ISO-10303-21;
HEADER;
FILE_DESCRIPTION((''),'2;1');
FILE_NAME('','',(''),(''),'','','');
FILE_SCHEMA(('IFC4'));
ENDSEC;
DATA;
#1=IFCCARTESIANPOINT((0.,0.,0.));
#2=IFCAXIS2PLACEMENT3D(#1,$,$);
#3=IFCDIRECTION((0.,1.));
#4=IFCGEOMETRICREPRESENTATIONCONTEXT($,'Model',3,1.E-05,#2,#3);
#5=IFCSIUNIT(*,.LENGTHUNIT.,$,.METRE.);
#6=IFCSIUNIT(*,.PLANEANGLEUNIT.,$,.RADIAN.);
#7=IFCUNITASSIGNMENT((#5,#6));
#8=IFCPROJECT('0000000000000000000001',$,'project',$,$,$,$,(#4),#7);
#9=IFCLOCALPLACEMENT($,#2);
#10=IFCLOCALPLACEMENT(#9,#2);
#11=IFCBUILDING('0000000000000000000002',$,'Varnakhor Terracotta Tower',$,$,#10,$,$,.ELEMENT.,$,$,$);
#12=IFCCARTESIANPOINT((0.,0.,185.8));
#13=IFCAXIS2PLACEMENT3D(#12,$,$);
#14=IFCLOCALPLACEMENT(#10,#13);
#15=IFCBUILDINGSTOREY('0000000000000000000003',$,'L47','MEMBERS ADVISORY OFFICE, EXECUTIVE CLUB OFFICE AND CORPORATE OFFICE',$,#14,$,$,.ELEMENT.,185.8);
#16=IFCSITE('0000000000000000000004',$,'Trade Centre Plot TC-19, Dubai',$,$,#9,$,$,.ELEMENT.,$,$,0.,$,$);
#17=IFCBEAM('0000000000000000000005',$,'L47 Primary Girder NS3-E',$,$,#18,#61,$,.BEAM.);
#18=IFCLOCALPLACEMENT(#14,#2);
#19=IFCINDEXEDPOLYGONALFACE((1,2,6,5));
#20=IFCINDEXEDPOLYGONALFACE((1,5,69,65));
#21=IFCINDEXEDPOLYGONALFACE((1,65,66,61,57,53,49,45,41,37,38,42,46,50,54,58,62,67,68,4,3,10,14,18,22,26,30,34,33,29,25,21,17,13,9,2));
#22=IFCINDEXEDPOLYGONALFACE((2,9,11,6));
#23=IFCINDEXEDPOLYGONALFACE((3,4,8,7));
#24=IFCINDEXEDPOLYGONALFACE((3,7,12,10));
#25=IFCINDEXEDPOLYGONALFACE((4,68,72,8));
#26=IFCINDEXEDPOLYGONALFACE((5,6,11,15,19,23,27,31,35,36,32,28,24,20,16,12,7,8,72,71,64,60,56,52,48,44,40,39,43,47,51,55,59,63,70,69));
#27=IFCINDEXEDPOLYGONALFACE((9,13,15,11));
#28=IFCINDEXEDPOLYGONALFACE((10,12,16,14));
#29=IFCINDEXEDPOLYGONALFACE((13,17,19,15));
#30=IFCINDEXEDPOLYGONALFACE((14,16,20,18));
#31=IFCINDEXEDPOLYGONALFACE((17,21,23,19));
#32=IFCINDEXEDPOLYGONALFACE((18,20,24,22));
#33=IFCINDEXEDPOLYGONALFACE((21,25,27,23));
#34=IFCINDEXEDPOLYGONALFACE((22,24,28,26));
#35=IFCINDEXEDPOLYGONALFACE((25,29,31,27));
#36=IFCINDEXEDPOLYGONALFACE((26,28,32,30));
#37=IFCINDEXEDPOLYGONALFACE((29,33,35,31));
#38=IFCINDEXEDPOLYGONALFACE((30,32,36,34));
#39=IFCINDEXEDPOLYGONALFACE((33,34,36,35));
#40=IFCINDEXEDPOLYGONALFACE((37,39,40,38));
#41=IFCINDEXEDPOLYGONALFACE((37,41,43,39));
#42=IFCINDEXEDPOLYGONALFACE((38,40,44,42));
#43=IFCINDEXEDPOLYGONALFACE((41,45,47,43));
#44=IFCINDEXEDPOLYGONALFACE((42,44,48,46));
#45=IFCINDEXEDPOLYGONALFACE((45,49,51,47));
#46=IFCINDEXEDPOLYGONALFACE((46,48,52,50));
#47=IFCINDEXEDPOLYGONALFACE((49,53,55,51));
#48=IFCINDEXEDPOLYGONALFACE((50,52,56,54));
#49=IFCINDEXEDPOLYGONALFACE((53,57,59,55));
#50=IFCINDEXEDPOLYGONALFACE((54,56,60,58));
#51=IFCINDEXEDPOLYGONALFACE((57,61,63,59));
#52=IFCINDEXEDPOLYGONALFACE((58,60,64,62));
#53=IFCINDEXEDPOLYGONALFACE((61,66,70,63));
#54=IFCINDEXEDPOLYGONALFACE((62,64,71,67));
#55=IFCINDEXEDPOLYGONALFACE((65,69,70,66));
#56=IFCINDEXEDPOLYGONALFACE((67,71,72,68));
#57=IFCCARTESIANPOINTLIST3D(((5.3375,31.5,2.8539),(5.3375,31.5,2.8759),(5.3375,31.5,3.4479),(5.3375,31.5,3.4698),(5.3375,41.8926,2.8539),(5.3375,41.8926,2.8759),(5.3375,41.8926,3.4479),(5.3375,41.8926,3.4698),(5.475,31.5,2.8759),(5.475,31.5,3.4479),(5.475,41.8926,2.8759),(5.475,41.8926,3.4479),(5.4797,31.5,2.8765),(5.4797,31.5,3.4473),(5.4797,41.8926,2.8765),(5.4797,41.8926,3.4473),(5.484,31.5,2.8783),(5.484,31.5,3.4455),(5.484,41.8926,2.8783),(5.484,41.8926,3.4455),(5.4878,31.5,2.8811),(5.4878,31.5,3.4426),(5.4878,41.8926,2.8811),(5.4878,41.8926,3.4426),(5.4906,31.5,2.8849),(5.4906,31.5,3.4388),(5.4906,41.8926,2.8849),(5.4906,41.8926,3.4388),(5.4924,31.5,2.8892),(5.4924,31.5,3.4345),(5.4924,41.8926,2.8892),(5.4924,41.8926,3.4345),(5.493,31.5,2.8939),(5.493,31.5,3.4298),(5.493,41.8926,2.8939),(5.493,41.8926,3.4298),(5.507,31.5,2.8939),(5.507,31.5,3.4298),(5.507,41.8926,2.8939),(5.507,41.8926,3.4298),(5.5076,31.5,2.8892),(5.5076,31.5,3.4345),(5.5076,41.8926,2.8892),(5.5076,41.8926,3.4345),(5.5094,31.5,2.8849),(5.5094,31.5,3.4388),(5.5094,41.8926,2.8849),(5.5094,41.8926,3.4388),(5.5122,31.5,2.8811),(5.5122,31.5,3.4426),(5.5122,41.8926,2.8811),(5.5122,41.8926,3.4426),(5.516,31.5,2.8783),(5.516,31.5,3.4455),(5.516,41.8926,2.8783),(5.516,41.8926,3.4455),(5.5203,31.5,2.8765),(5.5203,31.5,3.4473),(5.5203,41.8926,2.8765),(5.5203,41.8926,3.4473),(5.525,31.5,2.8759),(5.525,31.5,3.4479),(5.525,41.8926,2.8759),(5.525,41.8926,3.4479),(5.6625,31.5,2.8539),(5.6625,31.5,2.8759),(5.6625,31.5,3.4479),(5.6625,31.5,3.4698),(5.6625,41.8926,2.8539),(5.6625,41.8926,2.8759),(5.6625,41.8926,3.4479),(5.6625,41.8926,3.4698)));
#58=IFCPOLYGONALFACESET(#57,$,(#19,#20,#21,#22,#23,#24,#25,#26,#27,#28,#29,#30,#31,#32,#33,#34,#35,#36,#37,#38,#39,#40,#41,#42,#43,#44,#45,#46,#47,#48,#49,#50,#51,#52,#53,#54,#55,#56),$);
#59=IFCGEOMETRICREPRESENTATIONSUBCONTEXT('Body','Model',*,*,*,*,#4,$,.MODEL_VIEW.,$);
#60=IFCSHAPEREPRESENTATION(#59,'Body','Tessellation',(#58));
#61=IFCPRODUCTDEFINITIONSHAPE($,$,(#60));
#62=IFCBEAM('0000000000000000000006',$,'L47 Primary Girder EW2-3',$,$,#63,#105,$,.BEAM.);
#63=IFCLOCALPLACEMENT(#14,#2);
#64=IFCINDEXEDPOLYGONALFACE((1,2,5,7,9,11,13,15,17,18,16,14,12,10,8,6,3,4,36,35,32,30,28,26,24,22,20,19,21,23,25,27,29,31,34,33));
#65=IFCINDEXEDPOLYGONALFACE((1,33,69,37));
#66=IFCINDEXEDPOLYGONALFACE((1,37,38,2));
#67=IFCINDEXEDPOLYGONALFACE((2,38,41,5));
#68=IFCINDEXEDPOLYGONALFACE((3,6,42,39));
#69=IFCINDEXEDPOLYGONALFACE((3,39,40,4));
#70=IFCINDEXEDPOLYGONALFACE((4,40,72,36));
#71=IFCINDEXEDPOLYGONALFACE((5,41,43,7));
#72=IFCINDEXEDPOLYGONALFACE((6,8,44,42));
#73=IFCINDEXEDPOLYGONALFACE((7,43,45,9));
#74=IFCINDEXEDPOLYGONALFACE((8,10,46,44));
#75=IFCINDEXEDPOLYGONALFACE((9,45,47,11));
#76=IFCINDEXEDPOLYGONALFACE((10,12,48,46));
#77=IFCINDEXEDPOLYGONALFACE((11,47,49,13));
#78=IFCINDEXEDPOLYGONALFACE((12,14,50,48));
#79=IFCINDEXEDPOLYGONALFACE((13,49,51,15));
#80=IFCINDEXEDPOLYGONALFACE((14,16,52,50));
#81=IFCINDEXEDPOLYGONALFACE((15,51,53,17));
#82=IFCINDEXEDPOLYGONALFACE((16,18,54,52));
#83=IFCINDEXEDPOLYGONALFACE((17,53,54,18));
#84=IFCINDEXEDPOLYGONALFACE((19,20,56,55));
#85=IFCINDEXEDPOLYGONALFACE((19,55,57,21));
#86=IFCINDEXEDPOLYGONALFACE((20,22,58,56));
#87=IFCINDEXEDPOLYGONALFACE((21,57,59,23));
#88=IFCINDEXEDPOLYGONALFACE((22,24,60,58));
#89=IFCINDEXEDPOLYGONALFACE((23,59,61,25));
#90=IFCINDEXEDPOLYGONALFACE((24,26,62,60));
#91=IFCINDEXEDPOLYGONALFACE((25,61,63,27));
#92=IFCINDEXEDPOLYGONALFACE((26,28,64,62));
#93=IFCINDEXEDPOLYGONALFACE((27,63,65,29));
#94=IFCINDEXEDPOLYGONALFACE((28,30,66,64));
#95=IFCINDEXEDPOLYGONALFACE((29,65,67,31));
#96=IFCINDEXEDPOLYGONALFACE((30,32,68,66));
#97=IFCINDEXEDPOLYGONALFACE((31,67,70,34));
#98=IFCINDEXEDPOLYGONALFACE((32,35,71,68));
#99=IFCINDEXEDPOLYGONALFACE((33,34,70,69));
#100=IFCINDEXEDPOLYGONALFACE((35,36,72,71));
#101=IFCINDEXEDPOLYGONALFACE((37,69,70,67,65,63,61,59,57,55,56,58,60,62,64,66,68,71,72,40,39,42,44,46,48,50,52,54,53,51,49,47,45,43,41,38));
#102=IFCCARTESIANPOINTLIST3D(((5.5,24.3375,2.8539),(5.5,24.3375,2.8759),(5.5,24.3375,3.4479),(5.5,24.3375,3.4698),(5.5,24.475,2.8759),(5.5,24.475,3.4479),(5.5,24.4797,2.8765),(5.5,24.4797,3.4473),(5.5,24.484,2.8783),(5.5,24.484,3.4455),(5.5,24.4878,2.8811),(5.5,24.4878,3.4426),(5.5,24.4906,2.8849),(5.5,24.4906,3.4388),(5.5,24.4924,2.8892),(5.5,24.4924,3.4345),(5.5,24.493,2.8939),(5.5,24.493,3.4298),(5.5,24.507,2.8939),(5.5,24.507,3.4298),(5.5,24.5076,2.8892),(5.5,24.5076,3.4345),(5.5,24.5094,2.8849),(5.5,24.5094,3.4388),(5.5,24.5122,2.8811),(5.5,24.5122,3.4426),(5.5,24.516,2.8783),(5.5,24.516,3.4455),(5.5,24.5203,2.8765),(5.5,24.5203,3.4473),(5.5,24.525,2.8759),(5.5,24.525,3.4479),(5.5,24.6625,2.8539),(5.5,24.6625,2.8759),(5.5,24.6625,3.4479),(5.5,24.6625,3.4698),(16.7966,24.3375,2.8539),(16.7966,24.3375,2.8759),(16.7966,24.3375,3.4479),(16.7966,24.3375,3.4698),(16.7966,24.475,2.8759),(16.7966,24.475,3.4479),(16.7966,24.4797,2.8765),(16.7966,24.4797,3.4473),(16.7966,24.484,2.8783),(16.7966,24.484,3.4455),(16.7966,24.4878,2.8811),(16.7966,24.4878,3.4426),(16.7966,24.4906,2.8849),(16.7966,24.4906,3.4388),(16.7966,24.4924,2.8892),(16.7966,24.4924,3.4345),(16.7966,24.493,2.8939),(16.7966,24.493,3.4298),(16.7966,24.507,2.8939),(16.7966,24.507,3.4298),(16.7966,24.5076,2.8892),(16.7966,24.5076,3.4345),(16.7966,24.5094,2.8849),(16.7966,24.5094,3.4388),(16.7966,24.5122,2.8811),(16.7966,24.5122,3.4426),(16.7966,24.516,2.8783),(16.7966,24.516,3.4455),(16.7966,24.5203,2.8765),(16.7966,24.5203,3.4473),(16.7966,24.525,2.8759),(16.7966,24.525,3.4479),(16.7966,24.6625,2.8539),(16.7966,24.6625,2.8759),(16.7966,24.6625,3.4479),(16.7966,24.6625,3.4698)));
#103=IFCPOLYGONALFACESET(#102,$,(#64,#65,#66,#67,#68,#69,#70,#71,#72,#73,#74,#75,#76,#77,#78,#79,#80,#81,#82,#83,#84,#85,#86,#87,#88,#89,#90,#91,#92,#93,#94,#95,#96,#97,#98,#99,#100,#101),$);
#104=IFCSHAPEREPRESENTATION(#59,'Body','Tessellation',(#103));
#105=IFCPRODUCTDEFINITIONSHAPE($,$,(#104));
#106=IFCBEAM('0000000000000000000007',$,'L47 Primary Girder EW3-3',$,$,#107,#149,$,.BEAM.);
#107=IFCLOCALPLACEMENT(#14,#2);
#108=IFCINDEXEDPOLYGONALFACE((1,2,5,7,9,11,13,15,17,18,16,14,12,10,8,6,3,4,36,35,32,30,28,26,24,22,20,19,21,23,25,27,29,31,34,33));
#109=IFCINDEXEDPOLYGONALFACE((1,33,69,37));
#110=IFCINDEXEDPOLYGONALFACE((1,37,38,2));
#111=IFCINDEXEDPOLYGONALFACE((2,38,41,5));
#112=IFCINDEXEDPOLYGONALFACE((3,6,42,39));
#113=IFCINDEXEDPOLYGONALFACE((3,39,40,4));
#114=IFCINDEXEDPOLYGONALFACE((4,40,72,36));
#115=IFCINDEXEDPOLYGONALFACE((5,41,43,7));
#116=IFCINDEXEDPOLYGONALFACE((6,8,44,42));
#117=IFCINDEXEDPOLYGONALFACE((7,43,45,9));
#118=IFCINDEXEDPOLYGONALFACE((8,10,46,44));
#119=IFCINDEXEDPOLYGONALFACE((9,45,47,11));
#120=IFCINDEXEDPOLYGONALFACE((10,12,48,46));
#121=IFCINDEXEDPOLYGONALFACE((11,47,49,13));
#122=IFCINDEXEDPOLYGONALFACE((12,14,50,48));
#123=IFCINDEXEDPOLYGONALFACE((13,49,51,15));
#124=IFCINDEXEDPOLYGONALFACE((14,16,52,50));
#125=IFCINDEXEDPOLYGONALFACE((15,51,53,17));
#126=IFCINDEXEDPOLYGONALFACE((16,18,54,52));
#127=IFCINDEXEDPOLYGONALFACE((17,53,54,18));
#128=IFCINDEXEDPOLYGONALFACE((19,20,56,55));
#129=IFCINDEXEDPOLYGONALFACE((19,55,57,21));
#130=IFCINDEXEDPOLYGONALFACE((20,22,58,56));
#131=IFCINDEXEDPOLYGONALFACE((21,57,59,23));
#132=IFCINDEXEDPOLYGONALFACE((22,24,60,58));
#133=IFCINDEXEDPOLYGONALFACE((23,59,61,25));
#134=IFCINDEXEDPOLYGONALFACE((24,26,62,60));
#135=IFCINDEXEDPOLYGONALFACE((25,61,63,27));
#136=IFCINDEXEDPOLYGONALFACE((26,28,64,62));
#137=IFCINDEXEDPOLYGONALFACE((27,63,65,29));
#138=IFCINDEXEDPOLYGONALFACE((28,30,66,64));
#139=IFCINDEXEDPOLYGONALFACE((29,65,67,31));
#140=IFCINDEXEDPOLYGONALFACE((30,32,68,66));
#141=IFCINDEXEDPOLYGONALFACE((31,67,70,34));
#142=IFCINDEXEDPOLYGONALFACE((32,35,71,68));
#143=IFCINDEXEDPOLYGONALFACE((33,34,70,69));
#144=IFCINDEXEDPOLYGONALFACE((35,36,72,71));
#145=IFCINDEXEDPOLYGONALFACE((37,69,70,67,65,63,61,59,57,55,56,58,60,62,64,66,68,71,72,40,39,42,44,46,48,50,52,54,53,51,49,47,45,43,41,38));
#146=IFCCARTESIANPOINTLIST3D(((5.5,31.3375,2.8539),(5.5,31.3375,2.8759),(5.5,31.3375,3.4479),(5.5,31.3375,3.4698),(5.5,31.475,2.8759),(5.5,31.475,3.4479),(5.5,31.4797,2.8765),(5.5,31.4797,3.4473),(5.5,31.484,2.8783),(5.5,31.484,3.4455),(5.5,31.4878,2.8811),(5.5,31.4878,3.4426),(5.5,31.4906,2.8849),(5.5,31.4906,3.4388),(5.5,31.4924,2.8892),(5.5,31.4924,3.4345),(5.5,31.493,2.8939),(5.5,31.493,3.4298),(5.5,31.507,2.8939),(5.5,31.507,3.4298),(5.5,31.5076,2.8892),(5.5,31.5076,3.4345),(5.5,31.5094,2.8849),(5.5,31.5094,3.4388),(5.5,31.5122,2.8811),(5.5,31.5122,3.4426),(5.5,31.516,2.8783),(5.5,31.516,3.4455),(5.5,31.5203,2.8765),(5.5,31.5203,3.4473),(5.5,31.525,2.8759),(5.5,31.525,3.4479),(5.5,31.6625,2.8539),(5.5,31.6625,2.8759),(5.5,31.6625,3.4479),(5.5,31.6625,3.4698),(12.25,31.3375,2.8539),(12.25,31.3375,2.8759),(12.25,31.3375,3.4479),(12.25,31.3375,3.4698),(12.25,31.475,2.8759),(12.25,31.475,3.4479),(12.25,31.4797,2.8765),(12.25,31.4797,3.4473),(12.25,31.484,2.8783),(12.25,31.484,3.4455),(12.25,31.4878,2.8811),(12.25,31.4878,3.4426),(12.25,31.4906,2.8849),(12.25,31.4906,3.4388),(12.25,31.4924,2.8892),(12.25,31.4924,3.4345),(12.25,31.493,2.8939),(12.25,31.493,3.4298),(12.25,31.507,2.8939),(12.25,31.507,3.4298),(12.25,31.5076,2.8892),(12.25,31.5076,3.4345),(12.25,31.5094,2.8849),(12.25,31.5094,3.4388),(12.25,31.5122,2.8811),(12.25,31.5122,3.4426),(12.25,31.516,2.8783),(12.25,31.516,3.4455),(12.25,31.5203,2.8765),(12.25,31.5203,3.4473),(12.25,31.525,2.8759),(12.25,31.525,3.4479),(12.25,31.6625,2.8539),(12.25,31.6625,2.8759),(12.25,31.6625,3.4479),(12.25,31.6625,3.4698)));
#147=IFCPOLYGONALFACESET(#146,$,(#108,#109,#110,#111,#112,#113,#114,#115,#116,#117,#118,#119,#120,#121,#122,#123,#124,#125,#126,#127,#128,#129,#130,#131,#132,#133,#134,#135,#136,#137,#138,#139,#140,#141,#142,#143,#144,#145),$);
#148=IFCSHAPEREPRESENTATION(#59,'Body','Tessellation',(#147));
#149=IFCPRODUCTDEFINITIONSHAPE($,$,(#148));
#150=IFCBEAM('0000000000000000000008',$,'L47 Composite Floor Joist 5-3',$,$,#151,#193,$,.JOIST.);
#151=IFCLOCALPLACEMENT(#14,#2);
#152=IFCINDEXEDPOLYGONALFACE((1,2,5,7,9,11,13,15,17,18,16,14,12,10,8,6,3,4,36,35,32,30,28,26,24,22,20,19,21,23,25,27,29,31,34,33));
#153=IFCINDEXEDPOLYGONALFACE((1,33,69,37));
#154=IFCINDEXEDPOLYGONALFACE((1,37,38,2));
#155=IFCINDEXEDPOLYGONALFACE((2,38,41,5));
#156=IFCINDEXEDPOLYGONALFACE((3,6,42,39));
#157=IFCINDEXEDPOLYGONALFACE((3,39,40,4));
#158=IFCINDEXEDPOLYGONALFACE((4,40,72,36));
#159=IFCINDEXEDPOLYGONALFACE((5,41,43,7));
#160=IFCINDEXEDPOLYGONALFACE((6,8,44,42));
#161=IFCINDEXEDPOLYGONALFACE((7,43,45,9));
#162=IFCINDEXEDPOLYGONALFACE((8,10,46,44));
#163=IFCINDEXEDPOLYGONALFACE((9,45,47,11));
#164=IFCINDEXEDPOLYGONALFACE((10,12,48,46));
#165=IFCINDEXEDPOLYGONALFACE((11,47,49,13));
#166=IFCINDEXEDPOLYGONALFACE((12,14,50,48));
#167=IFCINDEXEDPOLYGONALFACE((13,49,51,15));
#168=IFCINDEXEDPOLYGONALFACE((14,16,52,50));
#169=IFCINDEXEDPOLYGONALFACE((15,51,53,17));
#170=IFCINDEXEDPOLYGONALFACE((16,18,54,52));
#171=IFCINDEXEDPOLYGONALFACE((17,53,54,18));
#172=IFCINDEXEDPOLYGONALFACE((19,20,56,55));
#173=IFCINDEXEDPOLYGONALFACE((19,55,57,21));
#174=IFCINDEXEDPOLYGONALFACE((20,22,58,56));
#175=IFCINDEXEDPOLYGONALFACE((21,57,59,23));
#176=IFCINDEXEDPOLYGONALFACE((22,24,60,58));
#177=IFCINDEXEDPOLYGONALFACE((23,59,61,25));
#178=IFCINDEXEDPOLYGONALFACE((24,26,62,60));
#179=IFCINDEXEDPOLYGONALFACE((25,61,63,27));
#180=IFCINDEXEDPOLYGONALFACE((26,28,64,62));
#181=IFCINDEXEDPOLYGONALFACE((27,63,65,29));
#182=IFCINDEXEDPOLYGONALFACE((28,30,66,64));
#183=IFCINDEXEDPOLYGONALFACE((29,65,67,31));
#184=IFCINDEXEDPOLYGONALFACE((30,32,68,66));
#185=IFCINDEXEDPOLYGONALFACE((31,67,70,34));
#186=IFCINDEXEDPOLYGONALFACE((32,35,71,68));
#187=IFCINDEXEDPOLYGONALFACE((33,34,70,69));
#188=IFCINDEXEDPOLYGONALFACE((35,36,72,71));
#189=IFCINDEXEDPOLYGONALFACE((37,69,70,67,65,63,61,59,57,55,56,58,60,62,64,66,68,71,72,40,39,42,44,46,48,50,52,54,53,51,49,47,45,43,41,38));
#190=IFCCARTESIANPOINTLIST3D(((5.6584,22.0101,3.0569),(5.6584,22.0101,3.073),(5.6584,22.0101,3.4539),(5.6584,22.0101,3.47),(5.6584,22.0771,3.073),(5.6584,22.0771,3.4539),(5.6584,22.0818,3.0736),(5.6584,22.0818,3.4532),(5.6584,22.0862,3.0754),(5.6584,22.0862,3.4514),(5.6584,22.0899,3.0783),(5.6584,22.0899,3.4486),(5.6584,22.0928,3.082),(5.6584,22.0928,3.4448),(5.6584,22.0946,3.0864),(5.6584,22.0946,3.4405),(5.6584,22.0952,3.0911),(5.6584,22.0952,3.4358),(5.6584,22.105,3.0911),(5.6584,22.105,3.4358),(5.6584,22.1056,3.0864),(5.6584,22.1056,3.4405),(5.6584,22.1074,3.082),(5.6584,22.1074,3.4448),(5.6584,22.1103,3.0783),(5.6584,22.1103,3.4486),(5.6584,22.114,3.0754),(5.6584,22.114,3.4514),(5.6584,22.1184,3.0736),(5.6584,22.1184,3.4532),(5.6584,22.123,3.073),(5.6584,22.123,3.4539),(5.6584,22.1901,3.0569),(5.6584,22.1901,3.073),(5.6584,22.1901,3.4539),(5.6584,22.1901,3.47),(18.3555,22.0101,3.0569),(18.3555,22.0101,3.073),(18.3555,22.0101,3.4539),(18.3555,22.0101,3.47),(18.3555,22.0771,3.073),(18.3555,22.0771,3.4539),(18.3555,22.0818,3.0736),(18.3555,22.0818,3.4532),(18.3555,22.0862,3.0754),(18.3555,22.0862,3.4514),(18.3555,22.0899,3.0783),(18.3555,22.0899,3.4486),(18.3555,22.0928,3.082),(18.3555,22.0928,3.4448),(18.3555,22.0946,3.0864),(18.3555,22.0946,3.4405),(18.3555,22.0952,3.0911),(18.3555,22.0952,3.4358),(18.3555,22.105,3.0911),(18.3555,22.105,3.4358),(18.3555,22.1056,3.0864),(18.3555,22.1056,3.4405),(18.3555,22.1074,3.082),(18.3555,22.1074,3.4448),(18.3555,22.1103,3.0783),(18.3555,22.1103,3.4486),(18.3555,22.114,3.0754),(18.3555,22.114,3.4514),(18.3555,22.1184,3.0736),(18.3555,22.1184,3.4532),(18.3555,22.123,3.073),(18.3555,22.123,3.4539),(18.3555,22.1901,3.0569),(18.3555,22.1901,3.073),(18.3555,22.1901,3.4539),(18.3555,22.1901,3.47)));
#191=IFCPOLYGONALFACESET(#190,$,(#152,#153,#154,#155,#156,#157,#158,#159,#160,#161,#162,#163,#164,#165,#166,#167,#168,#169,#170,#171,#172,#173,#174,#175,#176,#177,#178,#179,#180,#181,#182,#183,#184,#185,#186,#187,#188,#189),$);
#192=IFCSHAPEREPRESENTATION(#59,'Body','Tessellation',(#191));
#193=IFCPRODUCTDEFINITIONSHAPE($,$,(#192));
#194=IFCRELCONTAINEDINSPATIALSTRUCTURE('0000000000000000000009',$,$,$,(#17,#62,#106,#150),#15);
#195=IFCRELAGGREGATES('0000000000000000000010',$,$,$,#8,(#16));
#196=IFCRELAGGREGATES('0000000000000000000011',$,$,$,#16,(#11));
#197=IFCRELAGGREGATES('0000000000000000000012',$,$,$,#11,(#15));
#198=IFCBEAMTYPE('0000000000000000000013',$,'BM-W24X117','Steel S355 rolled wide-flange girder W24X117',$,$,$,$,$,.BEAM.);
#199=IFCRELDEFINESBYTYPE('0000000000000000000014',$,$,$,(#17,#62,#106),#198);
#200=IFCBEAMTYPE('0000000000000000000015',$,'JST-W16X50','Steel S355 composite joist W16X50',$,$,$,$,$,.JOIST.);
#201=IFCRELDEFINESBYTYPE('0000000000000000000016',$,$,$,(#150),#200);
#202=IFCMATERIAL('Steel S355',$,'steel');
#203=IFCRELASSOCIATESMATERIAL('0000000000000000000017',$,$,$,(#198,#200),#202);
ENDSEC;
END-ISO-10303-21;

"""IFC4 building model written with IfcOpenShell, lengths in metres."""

from ifc_helpers import new_model, si_unit, direction, frame, origin, origin_2d, place, context, subcontext, project, spatial, i_section, extrude, source, transform, mapped, material, material_profile, profile_set, type_object, element, save


model = new_model("IFC4")

# Units and contexts
model_context = context("Model", 3, precision=1e-05, world=origin(), true_north=direction((0.0, 1.0)))
body_context = subcontext(model_context, "Body", "Model", "MODEL_VIEW")
ifc_project = project(units=[si_unit("LENGTHUNIT", "METRE"), si_unit("PLANEANGLEUNIT", "RADIAN")], contexts=[model_context])

# Site, building, storey
site_placement = place(None, origin())
site = spatial("IfcSite", under=ifc_project, at=site_placement, Name="Trade Centre Plot TC-19, Dubai", CompositionType="ELEMENT", RefElevation=0.0)
building_placement = place(site_placement, origin())
building = spatial("IfcBuilding", under=site, at=building_placement, Name="Varnakhor Terracotta Tower", CompositionType="ELEMENT")
storey_placement = place(building_placement, frame((0.0, 0.0, 185.8)))
storey = spatial("IfcBuildingStorey", under=building, at=storey_placement, Name="L47", Description="MEMBERS ADVISORY OFFICE, EXECUTIVE CLUB OFFICE AND CORPORATE OFFICE", CompositionType="ELEMENT", Elevation=185.8)

# Beams
ifc_material_1 = material(Name="Steel S355", Category="steel")
ifc_material_profile_1 = material_profile(ifc_material_1, i_section(OverallWidth=0.325, OverallDepth=0.616, WebThickness=0.0139, FlangeThickness=0.022, FilletRadius=0.0181, at=origin_2d()), Name="W24X117")
ifc_profile_set_1 = profile_set([ifc_material_profile_1], Name="Steel S355")
beam_type_1 = type_object("IfcBeamType", Name="BM-W24X117", Description="Steel S355 rolled wide-flange girder W24X117", PredefinedType="BEAM", material=ifc_profile_set_1)
shared_shape_1 = source(origin(), body_context, "Body", "SweptSolid", [
    extrude(i_section(OverallWidth=0.325, OverallDepth=0.616, WebThickness=0.0139, FlangeThickness=0.022, FilletRadius=0.0181, at=origin_2d()), origin(), (0.0, 0.0, 1.0), 10.3926),
])
beam_1_placement = place(storey_placement, frame((5.5, 31.5, 3.1619), z_axis=(0.0, 1.0, 0.0), x_axis=(-1.0, 0.0, 0.0)))
element("IfcBeam", 1, at=beam_1_placement, inside=storey, type_object=beam_type_1, Name="L47 Primary Girder NS3-E", PredefinedType="BEAM", context=body_context, shape_type="MappedRepresentation", body=[
    mapped(shared_shape_1, transform((0.0, 0.0, 0.0), scale=1.0)),
])
shared_shape_2 = source(origin(), body_context, "Body", "SweptSolid", [
    extrude(i_section(OverallWidth=0.325, OverallDepth=0.616, WebThickness=0.0139, FlangeThickness=0.022, FilletRadius=0.0181, at=origin_2d()), origin(), (0.0, 0.0, 1.0), 11.2966),
])
beam_2_placement = place(storey_placement, frame((5.5, 24.5, 3.1619), z_axis=(1.0, 0.0, 0.0), x_axis=(0.0, 1.0, 0.0)))
element("IfcBeam", 2, at=beam_2_placement, inside=storey, type_object=beam_type_1, Name="L47 Primary Girder EW2-3", PredefinedType="BEAM", context=body_context, shape_type="MappedRepresentation", body=[
    mapped(shared_shape_2, transform((0.0, 0.0, 0.0), scale=1.0)),
])
shared_shape_3 = source(origin(), body_context, "Body", "SweptSolid", [
    extrude(i_section(OverallWidth=0.325, OverallDepth=0.616, WebThickness=0.0139, FlangeThickness=0.022, FilletRadius=0.0181, at=origin_2d()), origin(), (0.0, 0.0, 1.0), 6.75),
])
beam_3_placement = place(storey_placement, frame((5.5, 31.5, 3.1619), z_axis=(1.0, 0.0, 0.0), x_axis=(0.0, 1.0, 0.0)))
element("IfcBeam", 3, at=beam_3_placement, inside=storey, type_object=beam_type_1, Name="L47 Primary Girder EW3-3", PredefinedType="BEAM", context=body_context, shape_type="MappedRepresentation", body=[
    mapped(shared_shape_3, transform((0.0, 0.0, 0.0), scale=1.0)),
])
ifc_material_profile_2 = material_profile(ifc_material_1, i_section(OverallWidth=0.1799, OverallDepth=0.4131, WebThickness=0.0098, FlangeThickness=0.0161, FilletRadius=0.0181, at=origin_2d()), Name="W16X50")
ifc_profile_set_2 = profile_set([ifc_material_profile_2], Name="Steel S355")
beam_type_2 = type_object("IfcBeamType", Name="JST-W16X50", Description="Steel S355 composite joist W16X50", PredefinedType="JOIST", material=ifc_profile_set_2)
shared_shape_4 = source(origin(), body_context, "Body", "SweptSolid", [
    extrude(i_section(OverallWidth=0.1799, OverallDepth=0.4131, WebThickness=0.0098, FlangeThickness=0.0161, FilletRadius=0.0181, at=origin_2d()), origin(), (0.0, 0.0, 1.0), 12.697),
])
beam_4_placement = place(storey_placement, frame((5.6584, 22.1001, 3.2634), z_axis=(1.0, 0.0, 0.0), x_axis=(0.0, 1.0, 0.0)))
element("IfcBeam", 4, at=beam_4_placement, inside=storey, type_object=beam_type_2, Name="L47 Composite Floor Joist 5-3", PredefinedType="JOIST", context=body_context, shape_type="MappedRepresentation", body=[
    mapped(shared_shape_4, transform((0.0, 0.0, 0.0), scale=1.0)),
])

save(model, "model.ifc")
